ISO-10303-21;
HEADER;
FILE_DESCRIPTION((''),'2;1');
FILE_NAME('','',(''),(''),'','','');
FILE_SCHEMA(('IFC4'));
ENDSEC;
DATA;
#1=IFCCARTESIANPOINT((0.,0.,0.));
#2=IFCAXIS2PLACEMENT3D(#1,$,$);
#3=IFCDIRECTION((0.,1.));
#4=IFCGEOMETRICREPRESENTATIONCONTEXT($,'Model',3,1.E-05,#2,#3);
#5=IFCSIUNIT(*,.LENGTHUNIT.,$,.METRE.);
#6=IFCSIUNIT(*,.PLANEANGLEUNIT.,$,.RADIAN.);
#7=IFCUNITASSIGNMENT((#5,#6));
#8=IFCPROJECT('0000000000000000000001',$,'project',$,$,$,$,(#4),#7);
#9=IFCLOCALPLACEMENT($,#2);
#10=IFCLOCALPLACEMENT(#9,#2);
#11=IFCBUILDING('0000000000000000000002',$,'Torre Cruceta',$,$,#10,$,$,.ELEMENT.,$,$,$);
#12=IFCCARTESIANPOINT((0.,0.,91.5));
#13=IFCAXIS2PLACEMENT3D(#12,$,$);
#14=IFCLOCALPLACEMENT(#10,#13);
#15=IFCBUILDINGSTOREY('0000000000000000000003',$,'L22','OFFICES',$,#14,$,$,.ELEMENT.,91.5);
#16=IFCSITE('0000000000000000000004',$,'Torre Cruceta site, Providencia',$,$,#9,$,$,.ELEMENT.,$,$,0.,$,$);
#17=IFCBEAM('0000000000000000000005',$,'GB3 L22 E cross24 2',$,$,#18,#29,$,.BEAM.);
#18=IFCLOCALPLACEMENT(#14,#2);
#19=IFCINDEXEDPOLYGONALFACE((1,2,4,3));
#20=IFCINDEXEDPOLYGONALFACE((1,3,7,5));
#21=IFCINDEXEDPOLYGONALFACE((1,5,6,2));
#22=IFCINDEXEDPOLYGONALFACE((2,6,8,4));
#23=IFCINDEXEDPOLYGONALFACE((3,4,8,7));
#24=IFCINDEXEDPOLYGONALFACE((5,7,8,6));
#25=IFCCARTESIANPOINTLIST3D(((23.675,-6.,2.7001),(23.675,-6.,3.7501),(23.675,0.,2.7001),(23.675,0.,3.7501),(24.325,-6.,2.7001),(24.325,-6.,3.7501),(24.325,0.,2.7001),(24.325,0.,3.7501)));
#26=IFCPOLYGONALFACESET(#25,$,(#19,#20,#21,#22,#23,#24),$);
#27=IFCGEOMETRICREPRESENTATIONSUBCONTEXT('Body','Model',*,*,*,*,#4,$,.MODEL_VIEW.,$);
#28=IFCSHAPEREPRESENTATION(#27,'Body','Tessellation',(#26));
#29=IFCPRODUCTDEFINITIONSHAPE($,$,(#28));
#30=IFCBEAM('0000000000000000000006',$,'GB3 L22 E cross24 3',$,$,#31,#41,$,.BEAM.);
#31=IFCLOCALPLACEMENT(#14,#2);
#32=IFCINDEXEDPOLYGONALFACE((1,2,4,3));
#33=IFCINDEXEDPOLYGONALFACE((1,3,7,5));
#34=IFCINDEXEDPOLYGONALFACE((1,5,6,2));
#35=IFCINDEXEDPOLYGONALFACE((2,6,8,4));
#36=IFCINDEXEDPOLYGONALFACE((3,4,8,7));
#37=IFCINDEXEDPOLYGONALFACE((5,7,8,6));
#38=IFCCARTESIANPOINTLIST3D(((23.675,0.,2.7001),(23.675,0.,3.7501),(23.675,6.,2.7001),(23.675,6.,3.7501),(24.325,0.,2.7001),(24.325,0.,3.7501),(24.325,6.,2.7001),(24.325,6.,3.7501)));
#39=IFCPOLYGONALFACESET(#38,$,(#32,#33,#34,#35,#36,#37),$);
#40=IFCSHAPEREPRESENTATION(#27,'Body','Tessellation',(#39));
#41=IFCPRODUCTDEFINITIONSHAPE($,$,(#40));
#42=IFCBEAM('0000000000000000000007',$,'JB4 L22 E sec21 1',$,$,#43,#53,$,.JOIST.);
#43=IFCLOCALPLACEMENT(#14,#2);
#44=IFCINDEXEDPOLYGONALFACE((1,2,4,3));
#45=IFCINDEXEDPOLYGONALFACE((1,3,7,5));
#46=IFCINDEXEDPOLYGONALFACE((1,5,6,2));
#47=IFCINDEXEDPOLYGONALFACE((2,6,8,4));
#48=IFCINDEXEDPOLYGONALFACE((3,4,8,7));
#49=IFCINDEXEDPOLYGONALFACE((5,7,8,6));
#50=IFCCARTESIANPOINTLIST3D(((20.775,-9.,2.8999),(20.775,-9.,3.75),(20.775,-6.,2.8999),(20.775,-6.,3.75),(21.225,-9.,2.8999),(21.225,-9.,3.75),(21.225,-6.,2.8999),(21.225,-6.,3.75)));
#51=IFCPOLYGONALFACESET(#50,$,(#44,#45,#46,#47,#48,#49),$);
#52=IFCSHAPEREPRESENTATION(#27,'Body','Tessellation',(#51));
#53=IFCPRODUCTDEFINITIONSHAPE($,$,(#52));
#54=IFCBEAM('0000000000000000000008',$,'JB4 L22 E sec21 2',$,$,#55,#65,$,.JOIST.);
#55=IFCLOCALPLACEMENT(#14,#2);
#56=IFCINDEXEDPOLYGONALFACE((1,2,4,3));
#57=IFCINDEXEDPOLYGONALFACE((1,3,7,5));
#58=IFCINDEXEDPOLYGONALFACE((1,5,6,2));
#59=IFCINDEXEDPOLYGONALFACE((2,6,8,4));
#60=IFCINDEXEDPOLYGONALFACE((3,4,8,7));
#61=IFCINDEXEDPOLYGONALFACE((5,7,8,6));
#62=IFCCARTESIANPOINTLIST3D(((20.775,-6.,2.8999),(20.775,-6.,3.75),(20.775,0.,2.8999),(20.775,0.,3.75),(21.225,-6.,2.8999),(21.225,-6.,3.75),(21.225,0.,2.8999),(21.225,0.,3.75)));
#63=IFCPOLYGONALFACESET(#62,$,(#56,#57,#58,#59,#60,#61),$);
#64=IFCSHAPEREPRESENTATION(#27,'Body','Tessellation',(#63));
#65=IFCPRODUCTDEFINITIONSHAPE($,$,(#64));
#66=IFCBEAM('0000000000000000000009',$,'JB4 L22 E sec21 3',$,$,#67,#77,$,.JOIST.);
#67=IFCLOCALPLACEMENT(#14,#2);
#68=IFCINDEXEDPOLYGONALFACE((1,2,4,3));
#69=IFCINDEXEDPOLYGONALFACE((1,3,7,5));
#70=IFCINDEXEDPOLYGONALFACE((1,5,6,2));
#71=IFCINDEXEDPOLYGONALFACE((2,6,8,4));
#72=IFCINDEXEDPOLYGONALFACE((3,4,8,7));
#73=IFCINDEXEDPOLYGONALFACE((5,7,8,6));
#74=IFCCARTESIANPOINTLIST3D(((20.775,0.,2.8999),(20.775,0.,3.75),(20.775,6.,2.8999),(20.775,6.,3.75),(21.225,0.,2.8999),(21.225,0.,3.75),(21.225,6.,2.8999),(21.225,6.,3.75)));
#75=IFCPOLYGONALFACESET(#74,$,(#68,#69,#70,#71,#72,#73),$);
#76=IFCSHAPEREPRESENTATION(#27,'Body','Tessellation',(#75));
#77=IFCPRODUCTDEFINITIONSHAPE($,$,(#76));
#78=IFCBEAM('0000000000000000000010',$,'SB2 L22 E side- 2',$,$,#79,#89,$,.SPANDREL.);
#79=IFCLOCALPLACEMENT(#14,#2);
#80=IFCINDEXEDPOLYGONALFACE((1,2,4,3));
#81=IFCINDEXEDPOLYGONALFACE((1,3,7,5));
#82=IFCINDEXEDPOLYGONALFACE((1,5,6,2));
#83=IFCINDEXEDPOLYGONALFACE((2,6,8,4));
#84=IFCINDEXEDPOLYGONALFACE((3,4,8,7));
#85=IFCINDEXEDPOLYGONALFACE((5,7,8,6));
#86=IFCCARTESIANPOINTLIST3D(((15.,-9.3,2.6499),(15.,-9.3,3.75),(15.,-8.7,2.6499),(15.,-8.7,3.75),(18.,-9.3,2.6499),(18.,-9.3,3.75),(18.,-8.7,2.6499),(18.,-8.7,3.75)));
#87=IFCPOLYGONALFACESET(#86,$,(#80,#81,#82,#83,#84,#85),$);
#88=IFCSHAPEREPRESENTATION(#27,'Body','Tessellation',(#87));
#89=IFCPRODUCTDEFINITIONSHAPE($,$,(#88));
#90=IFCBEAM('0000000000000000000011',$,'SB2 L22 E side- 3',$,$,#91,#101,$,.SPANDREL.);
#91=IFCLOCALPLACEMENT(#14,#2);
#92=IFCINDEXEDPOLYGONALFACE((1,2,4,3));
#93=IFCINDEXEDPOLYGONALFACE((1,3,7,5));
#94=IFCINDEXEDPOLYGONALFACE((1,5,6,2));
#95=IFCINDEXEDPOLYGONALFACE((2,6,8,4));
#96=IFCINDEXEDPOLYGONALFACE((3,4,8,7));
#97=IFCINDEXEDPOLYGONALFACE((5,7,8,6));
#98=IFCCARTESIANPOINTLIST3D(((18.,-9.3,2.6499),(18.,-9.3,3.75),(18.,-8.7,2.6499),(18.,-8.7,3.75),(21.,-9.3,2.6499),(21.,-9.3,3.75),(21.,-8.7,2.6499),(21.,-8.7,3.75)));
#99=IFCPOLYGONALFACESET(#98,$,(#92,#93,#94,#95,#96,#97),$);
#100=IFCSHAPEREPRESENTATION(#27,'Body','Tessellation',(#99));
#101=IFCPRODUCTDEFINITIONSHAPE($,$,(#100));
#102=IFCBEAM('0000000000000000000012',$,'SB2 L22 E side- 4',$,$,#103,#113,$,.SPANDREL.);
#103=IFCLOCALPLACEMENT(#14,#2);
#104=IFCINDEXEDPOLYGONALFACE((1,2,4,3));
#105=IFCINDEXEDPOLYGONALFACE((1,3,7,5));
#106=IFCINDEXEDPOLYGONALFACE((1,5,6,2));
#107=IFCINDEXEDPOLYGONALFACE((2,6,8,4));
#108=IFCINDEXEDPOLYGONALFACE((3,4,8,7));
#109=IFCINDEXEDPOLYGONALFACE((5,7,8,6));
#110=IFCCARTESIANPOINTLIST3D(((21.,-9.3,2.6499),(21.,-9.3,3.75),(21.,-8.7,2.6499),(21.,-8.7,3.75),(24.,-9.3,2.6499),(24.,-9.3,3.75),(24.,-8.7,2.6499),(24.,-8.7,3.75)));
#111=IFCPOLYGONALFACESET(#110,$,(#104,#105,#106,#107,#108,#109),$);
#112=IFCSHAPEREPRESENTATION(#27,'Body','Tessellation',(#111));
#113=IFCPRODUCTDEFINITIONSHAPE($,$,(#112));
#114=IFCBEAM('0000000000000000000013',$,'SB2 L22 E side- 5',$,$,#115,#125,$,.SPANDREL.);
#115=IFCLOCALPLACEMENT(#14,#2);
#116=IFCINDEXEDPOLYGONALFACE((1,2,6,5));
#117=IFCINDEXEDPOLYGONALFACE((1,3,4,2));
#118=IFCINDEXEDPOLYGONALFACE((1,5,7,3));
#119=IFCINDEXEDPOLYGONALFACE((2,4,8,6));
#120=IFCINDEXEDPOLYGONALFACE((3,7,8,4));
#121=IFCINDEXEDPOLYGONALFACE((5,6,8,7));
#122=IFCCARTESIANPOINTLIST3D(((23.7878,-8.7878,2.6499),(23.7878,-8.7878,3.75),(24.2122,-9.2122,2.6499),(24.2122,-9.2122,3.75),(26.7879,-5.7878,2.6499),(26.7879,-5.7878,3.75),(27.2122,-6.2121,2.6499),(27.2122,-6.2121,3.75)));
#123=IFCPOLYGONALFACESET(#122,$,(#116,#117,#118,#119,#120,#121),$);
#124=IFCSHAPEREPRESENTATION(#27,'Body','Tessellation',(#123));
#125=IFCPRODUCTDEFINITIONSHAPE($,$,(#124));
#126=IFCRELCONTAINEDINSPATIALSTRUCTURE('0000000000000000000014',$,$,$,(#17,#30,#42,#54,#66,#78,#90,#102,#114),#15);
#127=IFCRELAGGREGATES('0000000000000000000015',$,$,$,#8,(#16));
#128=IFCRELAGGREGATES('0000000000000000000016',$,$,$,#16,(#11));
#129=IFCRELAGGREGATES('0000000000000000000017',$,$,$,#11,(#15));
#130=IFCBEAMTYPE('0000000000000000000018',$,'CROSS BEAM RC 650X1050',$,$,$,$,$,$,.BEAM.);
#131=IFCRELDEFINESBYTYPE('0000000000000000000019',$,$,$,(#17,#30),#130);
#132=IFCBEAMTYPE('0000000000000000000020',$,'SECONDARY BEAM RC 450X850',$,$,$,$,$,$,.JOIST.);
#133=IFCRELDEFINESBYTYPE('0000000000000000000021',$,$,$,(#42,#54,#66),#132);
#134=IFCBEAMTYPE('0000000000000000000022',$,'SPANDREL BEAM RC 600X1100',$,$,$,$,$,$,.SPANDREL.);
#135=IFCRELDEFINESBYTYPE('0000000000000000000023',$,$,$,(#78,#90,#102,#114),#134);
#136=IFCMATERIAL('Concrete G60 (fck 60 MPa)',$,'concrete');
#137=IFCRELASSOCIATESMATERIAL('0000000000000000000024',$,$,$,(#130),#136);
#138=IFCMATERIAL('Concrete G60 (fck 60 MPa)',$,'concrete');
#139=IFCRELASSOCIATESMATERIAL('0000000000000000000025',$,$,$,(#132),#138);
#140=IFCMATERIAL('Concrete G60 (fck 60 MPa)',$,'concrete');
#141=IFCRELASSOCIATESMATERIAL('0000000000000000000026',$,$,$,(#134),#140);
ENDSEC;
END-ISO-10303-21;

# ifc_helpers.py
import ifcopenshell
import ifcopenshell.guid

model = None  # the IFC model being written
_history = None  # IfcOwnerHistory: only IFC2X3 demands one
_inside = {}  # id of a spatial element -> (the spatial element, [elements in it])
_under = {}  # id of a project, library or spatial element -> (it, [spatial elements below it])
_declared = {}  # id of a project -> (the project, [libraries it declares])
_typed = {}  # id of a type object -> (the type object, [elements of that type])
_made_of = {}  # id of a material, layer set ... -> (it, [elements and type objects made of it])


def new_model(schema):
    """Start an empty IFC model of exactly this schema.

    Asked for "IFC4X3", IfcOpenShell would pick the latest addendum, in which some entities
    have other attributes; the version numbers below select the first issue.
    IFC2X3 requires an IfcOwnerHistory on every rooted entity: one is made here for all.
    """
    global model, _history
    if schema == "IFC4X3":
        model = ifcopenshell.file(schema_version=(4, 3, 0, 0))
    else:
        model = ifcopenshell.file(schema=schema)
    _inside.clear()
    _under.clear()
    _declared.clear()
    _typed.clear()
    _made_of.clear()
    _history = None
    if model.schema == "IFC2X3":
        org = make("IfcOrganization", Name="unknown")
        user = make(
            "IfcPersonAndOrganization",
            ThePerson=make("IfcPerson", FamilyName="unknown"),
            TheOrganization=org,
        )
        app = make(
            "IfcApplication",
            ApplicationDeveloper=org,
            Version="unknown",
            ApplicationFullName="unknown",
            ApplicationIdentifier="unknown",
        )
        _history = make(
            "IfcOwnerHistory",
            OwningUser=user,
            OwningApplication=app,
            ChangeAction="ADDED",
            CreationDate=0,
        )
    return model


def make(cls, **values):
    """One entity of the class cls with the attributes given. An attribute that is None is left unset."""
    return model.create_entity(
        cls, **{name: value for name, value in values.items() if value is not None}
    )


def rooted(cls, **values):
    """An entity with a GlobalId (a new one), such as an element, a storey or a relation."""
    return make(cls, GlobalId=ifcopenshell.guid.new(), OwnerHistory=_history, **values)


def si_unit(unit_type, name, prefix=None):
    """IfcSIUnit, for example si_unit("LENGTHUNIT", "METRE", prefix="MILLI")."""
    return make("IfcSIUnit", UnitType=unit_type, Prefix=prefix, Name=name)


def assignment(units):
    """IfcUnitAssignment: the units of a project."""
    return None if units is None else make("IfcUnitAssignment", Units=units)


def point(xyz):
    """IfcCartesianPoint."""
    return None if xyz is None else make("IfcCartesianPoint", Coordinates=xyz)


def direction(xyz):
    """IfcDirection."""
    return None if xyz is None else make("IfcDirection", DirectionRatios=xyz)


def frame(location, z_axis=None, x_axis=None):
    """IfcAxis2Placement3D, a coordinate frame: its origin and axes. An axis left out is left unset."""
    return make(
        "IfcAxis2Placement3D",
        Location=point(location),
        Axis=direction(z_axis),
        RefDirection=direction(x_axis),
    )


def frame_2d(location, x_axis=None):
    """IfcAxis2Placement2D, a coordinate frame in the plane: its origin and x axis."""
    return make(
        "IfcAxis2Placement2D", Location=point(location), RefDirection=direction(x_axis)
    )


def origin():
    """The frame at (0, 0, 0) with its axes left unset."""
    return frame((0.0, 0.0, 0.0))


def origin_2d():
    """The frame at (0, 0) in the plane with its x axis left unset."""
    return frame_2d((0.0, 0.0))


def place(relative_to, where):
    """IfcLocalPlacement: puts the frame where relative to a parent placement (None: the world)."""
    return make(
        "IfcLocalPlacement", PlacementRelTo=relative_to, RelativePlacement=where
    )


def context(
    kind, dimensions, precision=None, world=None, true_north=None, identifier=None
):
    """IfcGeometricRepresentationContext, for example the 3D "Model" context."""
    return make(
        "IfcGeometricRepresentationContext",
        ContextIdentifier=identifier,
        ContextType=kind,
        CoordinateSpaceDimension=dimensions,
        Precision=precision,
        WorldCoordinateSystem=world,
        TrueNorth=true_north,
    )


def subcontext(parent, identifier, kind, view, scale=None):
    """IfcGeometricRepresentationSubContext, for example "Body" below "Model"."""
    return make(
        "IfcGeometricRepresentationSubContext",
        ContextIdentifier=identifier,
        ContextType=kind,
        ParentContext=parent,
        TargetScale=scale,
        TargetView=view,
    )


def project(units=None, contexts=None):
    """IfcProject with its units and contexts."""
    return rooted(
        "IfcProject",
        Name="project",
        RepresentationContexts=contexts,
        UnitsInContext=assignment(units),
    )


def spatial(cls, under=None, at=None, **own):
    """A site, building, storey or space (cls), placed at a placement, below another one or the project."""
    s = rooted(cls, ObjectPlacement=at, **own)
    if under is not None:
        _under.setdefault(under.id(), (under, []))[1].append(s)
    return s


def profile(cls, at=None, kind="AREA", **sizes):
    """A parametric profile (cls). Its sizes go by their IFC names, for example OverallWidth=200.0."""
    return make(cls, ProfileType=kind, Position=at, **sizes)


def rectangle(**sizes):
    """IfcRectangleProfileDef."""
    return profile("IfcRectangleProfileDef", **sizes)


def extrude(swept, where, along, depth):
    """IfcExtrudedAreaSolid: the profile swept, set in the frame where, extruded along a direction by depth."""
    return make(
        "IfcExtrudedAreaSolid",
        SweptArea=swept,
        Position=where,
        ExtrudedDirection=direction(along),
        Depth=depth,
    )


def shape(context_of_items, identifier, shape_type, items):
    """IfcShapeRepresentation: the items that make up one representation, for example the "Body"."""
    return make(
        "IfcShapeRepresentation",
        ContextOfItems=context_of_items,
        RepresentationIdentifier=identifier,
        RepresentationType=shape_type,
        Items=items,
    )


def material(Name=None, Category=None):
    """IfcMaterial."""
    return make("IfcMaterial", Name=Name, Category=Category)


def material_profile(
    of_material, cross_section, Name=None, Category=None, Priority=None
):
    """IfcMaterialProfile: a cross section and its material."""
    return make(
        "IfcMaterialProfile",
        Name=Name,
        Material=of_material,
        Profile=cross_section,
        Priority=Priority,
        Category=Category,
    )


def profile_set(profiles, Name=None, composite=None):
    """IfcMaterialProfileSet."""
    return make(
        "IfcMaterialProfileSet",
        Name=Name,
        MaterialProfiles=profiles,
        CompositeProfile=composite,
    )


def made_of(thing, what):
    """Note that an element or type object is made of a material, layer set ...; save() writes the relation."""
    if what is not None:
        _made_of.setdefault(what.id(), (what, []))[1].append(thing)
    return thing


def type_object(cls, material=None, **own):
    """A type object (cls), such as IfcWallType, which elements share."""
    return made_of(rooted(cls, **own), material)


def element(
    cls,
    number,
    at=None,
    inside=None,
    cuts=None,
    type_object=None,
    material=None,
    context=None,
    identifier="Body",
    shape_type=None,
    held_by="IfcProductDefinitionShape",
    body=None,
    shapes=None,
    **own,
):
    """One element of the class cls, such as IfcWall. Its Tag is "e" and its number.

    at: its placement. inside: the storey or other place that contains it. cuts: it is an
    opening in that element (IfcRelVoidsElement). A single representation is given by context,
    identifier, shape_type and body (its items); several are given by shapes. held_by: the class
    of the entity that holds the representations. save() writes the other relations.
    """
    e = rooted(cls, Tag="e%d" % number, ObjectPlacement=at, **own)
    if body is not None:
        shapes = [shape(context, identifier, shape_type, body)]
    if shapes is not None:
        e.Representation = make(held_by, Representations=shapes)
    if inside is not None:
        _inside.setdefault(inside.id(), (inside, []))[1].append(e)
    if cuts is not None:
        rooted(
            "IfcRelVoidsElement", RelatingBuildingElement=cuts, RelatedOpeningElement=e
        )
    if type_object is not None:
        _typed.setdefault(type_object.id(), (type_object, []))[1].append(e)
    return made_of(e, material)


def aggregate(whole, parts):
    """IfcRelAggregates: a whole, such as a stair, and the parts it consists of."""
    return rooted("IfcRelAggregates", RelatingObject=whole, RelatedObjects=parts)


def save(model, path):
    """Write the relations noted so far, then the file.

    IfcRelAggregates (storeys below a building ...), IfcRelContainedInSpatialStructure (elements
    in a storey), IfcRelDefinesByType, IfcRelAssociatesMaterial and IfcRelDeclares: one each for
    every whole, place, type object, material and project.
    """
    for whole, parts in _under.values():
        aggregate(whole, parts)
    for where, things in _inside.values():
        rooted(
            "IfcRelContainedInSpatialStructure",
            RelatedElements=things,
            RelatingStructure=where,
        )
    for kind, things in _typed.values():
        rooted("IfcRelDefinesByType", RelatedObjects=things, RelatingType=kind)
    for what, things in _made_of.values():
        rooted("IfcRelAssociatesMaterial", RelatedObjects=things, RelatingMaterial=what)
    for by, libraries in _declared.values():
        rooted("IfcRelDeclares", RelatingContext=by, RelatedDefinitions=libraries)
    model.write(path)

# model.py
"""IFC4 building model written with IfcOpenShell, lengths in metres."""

from ifc_helpers import new_model, si_unit, direction, frame, origin, origin_2d, place, context, subcontext, project, spatial, rectangle, extrude, material, material_profile, profile_set, type_object, element, save


model = new_model("IFC4")

# Units and contexts
model_context = context("Model", 3, precision=1e-05, world=origin(), true_north=direction((0.0, 1.0)))
body_context = subcontext(model_context, "Body", "Model", "MODEL_VIEW")
ifc_project = project(units=[si_unit("LENGTHUNIT", "METRE"), si_unit("PLANEANGLEUNIT", "RADIAN")], contexts=[model_context])

# Site, building, storey
site_placement = place(None, origin())
site = spatial("IfcSite", under=ifc_project, at=site_placement, Name="Torre Cruceta site, Providencia", CompositionType="ELEMENT", RefElevation=0.0)
building_placement = place(site_placement, origin())
building = spatial("IfcBuilding", under=site, at=building_placement, Name="Torre Cruceta", CompositionType="ELEMENT")
storey_placement = place(building_placement, frame((0.0, 0.0, 91.5)))
storey = spatial("IfcBuildingStorey", under=building, at=storey_placement, Name="L22", Description="OFFICES", CompositionType="ELEMENT", Elevation=91.5)

# Beams
ifc_material_1 = material(Name="Concrete G60 (fck 60 MPa)", Category="concrete")
ifc_material_profile_1 = material_profile(ifc_material_1, rectangle(XDim=0.6499, YDim=1.05, at=origin_2d()), Name="RC 650X1050")
ifc_profile_set_1 = profile_set([ifc_material_profile_1], Name="Concrete G60 (fck 60 MPa)")
beam_type_1 = type_object("IfcBeamType", Name="CROSS BEAM RC 650X1050", PredefinedType="BEAM", material=ifc_profile_set_1)
for number, where, z_axis, x_axis, name in (
    (1, (24.0, -6.0, 3.2251), (0.0, 1.0, 0.0), (-1.0, 0.0, 0.0), "GB3 L22 E cross24 2"),
    (2, (24.0, 0.0, 3.2251), (0.0, 1.0, 0.0), (-1.0, 0.0, 0.0), "GB3 L22 E cross24 3"),
):
    element("IfcBeam", number, at=place(storey_placement, frame(where, z_axis=z_axis, x_axis=x_axis)), inside=storey, type_object=beam_type_1, Name=name, PredefinedType="BEAM", context=body_context, shape_type="SweptSolid", body=[
        extrude(rectangle(XDim=0.6499, YDim=1.05, at=origin_2d()), origin(), (0.0, 0.0, 1.0), 6.0),
    ])
ifc_material_2 = material(Name="Concrete G60 (fck 60 MPa)", Category="concrete")
ifc_material_profile_2 = material_profile(ifc_material_2, rectangle(XDim=0.45, YDim=0.8501, at=origin_2d()), Name="RC 450X850")
ifc_profile_set_2 = profile_set([ifc_material_profile_2], Name="Concrete G60 (fck 60 MPa)")
beam_type_2 = type_object("IfcBeamType", Name="SECONDARY BEAM RC 450X850", PredefinedType="JOIST", material=ifc_profile_set_2)
beam_1_placement = place(storey_placement, frame((21.0, -9.0, 3.325), z_axis=(0.0, 1.0, 0.0), x_axis=(-1.0, 0.0, 0.0)))
element("IfcBeam", 3, at=beam_1_placement, inside=storey, type_object=beam_type_2, Name="JB4 L22 E sec21 1", PredefinedType="JOIST", context=body_context, shape_type="SweptSolid", body=[
    extrude(rectangle(XDim=0.45, YDim=0.8501, at=origin_2d()), origin(), (0.0, 0.0, 1.0), 3.0),
])
for number, where, z_axis, x_axis, name in (
    (4, (21.0, -6.0, 3.325), (0.0, 1.0, 0.0), (-1.0, 0.0, 0.0), "JB4 L22 E sec21 2"),
    (5, (21.0, 0.0, 3.325), (0.0, 1.0, 0.0), (-1.0, 0.0, 0.0), "JB4 L22 E sec21 3"),
):
    element("IfcBeam", number, at=place(storey_placement, frame(where, z_axis=z_axis, x_axis=x_axis)), inside=storey, type_object=beam_type_2, Name=name, PredefinedType="JOIST", context=body_context, shape_type="SweptSolid", body=[
        extrude(rectangle(XDim=0.45, YDim=0.8501, at=origin_2d()), origin(), (0.0, 0.0, 1.0), 6.0),
    ])
ifc_material_3 = material(Name="Concrete G60 (fck 60 MPa)", Category="concrete")
ifc_material_profile_3 = material_profile(ifc_material_3, rectangle(XDim=0.6001, YDim=1.1001, at=origin_2d()), Name="RC 600X1100")
ifc_profile_set_3 = profile_set([ifc_material_profile_3], Name="Concrete G60 (fck 60 MPa)")
beam_type_3 = type_object("IfcBeamType", Name="SPANDREL BEAM RC 600X1100", PredefinedType="SPANDREL", material=ifc_profile_set_3)
for number, where, z_axis, x_axis, name in (
    (6, (15.0, -9.0, 3.2), (1.0, 0.0, 0.0), (0.0, 1.0, 0.0), "SB2 L22 E side- 2"),
    (7, (18.0, -9.0, 3.2), (1.0, 0.0, 0.0), (0.0, 1.0, 0.0), "SB2 L22 E side- 3"),
    (8, (21.0, -9.0, 3.2), (1.0, 0.0, 0.0), (0.0, 1.0, 0.0), "SB2 L22 E side- 4"),
):
    element("IfcBeam", number, at=place(storey_placement, frame(where, z_axis=z_axis, x_axis=x_axis)), inside=storey, type_object=beam_type_3, Name=name, PredefinedType="SPANDREL", context=body_context, shape_type="SweptSolid", body=[
        extrude(rectangle(XDim=0.6001, YDim=1.1001, at=origin_2d()), origin(), (0.0, 0.0, 1.0), 3.0),
    ])
beam_2_placement = place(storey_placement, frame((24.0, -9.0, 3.2), z_axis=(0.707107, 0.707107, 0.0), x_axis=(-0.707107, 0.707107, 0.0)))
element("IfcBeam", 9, at=beam_2_placement, inside=storey, type_object=beam_type_3, Name="SB2 L22 E side- 5", PredefinedType="SPANDREL", context=body_context, shape_type="SweptSolid", body=[
    extrude(rectangle(XDim=0.6001, YDim=1.1001, at=origin_2d()), origin(), (0.0, 0.0, 1.0), 4.2427),
])

save(model, "model.ifc")
